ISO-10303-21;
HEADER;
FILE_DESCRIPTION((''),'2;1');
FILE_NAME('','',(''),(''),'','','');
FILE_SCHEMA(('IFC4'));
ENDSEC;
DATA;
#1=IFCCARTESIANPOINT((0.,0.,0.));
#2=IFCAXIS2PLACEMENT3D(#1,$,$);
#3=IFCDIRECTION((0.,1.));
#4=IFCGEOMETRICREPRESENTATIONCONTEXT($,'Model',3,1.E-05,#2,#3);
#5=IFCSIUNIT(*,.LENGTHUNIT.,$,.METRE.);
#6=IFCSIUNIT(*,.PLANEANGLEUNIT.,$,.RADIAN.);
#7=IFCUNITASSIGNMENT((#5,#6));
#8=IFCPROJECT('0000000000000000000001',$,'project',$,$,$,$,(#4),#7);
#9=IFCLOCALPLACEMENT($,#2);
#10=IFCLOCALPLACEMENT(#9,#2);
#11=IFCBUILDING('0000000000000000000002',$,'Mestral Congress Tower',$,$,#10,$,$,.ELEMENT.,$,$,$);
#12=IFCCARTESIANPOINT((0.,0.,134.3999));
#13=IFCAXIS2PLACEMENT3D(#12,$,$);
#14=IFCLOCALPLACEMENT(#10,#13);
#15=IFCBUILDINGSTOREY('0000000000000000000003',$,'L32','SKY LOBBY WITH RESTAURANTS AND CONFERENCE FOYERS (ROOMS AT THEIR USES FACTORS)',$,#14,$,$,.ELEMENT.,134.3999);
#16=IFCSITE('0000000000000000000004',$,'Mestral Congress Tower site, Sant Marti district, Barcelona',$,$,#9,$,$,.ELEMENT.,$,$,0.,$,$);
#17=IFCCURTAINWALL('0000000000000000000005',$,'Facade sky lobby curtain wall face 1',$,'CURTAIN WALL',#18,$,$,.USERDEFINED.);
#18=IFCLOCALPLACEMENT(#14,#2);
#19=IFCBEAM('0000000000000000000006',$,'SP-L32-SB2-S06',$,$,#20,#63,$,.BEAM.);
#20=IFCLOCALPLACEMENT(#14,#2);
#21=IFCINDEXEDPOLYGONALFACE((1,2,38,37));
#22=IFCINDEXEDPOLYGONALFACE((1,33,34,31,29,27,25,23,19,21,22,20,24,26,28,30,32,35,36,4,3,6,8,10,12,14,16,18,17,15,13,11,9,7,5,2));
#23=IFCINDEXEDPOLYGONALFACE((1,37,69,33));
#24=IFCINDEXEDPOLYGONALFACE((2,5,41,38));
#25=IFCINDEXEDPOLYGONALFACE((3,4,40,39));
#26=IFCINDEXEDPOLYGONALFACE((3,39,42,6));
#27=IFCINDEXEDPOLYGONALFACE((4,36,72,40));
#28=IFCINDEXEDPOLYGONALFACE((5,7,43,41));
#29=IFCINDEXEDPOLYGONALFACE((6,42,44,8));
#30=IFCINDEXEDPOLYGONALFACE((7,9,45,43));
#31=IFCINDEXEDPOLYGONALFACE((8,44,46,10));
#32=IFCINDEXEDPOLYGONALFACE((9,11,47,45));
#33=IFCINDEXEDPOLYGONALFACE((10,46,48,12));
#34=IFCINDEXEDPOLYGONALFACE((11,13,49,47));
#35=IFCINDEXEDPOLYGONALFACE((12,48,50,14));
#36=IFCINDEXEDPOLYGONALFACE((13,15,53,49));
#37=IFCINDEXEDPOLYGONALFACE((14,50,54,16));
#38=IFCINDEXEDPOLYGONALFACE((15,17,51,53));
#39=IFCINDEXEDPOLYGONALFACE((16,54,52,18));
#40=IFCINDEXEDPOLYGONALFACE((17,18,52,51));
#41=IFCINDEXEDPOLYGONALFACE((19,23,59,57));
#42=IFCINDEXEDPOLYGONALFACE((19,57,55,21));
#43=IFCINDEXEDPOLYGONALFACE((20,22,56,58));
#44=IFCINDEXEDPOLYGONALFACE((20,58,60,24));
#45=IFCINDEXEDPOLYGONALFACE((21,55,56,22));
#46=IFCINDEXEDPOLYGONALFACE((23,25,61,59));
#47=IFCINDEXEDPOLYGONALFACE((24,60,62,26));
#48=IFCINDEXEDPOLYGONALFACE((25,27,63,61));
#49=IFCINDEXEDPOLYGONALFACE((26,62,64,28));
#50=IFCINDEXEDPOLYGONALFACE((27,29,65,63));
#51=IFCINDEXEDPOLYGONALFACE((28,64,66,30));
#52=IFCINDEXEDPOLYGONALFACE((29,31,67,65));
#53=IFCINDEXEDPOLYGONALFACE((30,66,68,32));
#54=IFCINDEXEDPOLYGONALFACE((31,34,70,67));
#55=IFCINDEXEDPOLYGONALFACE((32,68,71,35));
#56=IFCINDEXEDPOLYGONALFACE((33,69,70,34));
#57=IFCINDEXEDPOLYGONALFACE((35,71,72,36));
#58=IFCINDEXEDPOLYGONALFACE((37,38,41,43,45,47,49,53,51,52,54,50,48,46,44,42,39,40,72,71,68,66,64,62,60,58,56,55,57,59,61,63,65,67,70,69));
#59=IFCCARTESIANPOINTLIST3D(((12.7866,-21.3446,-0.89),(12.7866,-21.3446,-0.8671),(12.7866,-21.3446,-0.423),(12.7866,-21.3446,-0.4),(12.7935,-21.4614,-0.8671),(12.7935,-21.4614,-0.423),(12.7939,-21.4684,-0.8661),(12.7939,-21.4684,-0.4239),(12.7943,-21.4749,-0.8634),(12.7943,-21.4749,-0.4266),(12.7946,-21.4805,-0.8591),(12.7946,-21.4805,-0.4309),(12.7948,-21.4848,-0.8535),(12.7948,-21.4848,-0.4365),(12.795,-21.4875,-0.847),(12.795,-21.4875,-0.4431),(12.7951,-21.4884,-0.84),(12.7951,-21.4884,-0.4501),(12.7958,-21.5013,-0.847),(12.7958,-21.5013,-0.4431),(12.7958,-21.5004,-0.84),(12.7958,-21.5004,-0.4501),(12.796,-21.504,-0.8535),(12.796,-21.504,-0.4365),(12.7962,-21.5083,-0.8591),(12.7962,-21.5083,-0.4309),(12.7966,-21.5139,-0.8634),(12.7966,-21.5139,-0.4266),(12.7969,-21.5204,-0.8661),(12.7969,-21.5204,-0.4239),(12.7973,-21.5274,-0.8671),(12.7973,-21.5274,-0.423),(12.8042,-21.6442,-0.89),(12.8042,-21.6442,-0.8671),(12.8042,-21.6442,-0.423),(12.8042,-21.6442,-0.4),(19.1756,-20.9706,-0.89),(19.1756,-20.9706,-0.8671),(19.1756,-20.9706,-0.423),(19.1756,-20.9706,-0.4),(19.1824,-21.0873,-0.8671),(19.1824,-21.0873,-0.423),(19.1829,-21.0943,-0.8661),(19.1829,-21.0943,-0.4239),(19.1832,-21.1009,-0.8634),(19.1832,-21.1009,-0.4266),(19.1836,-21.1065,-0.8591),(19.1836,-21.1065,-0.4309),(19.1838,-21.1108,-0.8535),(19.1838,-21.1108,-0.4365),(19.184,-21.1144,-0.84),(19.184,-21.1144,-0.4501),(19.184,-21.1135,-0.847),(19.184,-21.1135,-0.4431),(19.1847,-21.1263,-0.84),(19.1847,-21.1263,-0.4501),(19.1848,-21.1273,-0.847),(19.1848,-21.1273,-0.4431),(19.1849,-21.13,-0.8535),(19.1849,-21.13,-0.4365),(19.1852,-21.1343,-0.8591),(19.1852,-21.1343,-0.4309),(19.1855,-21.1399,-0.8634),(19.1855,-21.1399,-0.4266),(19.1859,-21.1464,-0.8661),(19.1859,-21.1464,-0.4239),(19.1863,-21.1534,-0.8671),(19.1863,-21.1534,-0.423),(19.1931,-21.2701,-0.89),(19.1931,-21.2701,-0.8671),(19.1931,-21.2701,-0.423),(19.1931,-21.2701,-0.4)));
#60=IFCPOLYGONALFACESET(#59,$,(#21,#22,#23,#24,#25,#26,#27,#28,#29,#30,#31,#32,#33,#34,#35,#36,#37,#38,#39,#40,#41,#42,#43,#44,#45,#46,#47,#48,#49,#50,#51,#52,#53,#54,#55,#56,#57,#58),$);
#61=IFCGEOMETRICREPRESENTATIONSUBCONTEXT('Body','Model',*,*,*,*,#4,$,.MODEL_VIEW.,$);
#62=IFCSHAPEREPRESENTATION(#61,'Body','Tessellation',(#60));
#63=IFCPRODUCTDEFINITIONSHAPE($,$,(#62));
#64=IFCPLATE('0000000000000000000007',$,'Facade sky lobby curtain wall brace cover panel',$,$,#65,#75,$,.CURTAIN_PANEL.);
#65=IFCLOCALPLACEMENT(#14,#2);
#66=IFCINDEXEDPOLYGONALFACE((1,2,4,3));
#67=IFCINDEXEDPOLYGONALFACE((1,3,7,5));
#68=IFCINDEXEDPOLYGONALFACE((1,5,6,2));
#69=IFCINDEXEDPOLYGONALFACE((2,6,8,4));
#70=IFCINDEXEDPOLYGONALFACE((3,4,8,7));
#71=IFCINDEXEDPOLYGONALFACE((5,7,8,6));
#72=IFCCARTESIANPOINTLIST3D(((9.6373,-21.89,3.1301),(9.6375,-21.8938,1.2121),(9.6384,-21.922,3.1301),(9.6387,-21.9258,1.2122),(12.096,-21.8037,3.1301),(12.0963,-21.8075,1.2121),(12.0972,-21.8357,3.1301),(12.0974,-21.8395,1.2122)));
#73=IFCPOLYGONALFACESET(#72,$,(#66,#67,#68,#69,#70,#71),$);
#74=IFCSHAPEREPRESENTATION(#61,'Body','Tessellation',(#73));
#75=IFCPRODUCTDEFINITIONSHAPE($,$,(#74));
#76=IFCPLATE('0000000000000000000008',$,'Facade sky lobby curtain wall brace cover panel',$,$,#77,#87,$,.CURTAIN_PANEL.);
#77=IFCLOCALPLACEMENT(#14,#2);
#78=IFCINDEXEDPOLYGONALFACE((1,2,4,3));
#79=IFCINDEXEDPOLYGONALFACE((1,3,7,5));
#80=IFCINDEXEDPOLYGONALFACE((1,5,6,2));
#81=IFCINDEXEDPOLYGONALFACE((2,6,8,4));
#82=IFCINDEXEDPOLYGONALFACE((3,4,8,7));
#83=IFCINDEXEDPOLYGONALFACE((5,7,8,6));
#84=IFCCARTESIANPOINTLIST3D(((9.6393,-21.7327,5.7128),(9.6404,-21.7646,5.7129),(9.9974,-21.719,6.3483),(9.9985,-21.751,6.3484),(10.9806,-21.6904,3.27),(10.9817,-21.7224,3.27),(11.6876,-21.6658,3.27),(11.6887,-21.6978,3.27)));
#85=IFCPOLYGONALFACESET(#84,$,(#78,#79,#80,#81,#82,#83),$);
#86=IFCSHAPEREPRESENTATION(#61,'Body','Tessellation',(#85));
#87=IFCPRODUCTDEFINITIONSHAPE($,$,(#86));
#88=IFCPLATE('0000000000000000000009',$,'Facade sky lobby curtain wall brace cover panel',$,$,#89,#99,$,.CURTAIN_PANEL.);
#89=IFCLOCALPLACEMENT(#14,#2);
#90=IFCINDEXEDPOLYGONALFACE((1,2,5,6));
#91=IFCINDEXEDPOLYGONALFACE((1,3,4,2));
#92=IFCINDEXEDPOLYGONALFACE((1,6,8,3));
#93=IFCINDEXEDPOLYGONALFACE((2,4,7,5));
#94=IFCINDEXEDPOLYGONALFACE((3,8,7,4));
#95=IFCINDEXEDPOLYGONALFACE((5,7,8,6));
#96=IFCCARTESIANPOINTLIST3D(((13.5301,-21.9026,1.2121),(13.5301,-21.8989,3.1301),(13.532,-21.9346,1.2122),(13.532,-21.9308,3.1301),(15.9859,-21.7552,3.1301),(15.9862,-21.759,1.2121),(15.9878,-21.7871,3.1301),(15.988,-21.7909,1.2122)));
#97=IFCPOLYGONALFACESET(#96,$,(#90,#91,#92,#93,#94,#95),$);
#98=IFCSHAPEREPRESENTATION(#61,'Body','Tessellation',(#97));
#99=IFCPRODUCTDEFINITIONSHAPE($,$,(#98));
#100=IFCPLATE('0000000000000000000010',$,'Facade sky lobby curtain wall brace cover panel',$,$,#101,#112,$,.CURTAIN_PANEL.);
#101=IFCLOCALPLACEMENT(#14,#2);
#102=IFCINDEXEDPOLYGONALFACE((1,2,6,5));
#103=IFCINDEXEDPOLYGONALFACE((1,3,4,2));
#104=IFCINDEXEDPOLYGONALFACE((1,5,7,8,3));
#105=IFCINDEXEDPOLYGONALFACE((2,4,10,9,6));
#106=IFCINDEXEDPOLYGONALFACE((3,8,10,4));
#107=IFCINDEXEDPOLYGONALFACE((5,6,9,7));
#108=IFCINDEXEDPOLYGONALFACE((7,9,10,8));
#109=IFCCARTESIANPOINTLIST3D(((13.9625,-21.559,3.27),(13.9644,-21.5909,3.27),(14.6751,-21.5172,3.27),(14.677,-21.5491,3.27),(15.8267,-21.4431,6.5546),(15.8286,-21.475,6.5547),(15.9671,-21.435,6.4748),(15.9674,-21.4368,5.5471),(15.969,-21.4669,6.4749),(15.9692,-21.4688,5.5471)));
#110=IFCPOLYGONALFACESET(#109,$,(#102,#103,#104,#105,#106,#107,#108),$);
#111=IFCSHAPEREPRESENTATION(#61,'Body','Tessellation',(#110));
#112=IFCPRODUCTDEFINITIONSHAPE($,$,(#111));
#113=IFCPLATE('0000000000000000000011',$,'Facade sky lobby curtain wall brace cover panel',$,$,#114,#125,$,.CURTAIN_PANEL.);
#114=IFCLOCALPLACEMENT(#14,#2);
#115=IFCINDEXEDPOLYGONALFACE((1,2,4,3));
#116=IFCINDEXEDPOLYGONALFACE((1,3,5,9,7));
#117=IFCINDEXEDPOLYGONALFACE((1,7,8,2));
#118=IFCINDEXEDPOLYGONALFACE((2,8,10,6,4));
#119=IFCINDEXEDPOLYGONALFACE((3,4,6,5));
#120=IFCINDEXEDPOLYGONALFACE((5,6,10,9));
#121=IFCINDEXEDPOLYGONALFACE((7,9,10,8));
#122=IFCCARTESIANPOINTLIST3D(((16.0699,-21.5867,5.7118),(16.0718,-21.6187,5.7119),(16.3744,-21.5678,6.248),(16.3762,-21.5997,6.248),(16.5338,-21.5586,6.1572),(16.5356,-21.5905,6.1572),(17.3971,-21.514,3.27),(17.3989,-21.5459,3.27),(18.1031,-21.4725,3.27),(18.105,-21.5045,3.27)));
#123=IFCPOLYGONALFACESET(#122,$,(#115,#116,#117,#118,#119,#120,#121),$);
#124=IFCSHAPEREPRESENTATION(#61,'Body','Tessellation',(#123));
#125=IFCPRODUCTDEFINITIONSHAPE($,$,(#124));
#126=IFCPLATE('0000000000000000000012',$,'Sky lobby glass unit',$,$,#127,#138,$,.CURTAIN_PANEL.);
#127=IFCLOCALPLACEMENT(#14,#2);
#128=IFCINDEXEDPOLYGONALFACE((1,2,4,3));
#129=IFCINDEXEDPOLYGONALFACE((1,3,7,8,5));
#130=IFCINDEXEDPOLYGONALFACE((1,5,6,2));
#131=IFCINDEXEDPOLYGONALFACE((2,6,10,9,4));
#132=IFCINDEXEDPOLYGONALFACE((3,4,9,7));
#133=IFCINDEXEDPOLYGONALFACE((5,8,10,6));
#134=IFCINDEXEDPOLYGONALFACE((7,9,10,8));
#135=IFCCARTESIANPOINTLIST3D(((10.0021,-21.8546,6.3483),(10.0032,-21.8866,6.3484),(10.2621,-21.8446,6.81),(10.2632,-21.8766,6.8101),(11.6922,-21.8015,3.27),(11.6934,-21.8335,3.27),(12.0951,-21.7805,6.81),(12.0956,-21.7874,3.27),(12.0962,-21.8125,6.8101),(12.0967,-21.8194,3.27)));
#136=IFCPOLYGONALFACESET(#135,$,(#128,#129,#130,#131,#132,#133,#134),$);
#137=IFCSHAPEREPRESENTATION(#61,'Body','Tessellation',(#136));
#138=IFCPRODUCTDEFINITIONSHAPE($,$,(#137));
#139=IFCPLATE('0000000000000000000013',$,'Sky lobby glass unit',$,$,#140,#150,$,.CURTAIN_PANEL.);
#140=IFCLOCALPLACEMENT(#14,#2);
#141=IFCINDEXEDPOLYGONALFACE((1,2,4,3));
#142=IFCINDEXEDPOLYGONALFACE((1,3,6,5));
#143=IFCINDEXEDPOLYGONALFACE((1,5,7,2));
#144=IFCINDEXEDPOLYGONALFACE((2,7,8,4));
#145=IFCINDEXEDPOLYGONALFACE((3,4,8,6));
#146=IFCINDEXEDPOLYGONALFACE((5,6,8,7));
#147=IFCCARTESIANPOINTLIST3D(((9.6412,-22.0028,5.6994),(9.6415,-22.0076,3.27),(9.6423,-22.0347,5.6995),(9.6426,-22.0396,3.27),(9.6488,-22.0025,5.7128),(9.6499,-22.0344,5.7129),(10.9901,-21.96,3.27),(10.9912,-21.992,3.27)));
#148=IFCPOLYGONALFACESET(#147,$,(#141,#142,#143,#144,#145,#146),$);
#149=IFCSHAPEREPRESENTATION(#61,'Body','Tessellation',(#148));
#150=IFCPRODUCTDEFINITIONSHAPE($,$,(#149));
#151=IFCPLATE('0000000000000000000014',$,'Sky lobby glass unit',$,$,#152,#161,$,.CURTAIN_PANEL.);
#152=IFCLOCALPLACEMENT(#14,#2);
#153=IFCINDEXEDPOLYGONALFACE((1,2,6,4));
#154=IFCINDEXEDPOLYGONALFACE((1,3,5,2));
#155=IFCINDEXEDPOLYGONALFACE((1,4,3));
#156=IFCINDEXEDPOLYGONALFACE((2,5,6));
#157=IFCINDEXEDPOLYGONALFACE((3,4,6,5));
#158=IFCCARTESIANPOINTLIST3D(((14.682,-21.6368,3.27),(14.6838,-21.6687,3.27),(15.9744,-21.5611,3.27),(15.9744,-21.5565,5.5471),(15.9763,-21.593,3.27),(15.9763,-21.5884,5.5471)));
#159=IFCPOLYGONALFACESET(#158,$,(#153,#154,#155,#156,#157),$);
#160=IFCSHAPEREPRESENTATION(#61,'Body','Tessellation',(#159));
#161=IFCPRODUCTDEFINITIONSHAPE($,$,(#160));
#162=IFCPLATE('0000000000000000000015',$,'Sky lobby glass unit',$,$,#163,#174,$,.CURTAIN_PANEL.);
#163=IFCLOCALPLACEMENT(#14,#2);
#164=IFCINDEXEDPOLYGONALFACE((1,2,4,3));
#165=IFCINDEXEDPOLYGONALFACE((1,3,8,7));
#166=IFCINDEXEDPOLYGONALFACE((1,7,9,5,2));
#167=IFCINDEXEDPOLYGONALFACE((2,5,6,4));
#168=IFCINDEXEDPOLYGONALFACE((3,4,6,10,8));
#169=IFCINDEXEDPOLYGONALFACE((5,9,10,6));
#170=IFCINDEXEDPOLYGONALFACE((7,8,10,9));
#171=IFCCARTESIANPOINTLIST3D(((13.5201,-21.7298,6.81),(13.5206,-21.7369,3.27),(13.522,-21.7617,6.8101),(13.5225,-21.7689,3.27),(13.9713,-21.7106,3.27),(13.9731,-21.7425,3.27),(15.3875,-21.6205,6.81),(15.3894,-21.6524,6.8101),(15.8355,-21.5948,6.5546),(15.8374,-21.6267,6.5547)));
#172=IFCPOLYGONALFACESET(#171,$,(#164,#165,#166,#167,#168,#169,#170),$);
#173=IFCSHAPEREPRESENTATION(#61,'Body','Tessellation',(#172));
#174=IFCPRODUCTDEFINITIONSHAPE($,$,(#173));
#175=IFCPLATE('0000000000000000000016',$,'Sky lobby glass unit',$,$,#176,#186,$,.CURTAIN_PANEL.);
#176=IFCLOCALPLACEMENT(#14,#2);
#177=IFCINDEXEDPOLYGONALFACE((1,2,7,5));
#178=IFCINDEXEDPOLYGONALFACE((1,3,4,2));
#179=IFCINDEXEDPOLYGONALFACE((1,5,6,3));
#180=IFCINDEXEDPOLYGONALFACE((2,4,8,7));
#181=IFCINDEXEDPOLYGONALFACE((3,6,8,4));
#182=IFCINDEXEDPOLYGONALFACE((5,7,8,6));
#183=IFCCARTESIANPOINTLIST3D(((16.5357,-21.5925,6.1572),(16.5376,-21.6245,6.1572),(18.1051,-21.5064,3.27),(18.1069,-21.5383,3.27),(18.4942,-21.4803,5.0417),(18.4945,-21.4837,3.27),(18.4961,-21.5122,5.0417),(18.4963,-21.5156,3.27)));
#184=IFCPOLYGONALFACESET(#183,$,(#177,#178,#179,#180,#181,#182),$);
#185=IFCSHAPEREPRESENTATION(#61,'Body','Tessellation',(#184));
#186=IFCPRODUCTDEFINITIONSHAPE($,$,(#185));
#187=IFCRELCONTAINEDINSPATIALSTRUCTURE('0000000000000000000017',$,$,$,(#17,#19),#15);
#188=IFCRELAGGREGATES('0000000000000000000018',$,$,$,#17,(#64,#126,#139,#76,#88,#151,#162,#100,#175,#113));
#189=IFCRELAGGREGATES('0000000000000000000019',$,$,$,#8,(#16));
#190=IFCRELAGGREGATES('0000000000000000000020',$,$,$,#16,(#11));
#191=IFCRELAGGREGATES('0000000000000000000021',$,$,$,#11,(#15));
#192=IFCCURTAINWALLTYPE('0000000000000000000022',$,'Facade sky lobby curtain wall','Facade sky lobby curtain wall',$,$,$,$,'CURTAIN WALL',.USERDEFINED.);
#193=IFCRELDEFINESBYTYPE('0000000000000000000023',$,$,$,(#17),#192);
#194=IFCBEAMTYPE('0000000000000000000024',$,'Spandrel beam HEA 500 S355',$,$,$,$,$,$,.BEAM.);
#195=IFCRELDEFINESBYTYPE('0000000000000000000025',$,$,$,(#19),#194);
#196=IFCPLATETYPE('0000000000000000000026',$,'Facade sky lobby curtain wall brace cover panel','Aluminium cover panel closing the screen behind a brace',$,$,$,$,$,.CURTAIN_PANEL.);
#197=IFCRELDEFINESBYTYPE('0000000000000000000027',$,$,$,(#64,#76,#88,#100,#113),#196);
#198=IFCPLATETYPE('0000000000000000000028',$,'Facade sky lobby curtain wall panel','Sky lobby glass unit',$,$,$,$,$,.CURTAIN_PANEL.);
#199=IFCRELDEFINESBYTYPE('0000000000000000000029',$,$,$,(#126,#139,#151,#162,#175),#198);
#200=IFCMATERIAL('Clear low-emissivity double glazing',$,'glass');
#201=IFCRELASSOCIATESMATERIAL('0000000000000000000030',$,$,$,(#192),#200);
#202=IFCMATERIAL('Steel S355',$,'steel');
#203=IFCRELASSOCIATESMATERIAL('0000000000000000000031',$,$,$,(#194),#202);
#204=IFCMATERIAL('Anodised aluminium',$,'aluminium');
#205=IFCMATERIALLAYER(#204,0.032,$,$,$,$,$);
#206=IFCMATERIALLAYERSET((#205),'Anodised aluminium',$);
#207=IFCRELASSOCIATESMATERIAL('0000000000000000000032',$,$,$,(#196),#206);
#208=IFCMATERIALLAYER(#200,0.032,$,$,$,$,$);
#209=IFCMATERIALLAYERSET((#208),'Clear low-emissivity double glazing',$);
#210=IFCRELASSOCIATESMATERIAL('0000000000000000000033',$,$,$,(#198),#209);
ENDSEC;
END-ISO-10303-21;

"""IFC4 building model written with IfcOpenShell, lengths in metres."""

from ifc_helpers import new_model, si_unit, direction, frame, origin, origin_2d, place, context, subcontext, project, spatial, polyline, i_section, outline, extrude, material, layer, layer_set, material_profile, profile_set, type_object, element, aggregate, save


model = new_model("IFC4")

# Units and contexts
model_context = context("Model", 3, precision=1e-05, world=origin(), true_north=direction((0.0, 1.0)))
body_context = subcontext(model_context, "Body", "Model", "MODEL_VIEW")
ifc_project = project(units=[si_unit("LENGTHUNIT", "METRE"), si_unit("PLANEANGLEUNIT", "RADIAN")], contexts=[model_context])

# Site, building, storey
site_placement = place(None, origin())
site = spatial("IfcSite", under=ifc_project, at=site_placement, Name="Mestral Congress Tower site, Sant Marti district, Barcelona", CompositionType="ELEMENT", RefElevation=0.0)
building_placement = place(site_placement, origin())
building = spatial("IfcBuilding", under=site, at=building_placement, Name="Mestral Congress Tower", CompositionType="ELEMENT")
storey_placement = place(building_placement, frame((0.0, 0.0, 134.3999)))
storey = spatial("IfcBuildingStorey", under=building, at=storey_placement, Name="L32", Description="SKY LOBBY WITH RESTAURANTS AND CONFERENCE FOYERS (ROOMS AT THEIR USES FACTORS)", CompositionType="ELEMENT", Elevation=134.3999)

# Shared definitions
ifc_material_1 = material(Name="Steel S355", Category="steel")

# Curtain wall
ifc_material_2 = material(Name="Clear low-emissivity double glazing", Category="glass")
curtain_wall_type = type_object("IfcCurtainWallType", Name="Facade sky lobby curtain wall", Description="Facade sky lobby curtain wall", ElementType="CURTAIN WALL", PredefinedType="USERDEFINED", material=ifc_material_2)
curtain_wall_placement = place(storey_placement, origin())
curtain_wall = element("IfcCurtainWall", 1, at=curtain_wall_placement, inside=storey, type_object=curtain_wall_type, Name="Facade sky lobby curtain wall face 1", ObjectType="CURTAIN WALL", PredefinedType="USERDEFINED")
ifc_material_3 = material(Name="Anodised aluminium", Category="aluminium")

# Beam
ifc_material_profile_1 = material_profile(ifc_material_1, i_section(OverallWidth=0.3, OverallDepth=0.49, WebThickness=0.012, FlangeThickness=0.0229, FilletRadius=0.0271, at=origin_2d()), Name="HEA 500")
ifc_profile_set_1 = profile_set([ifc_material_profile_1], Name="Steel S355")
beam_type_1 = type_object("IfcBeamType", Name="Spandrel beam HEA 500 S355", PredefinedType="BEAM", material=ifc_profile_set_1)
beam_1_placement = place(storey_placement, frame((12.7954, -21.4944, -0.645), z_axis=(0.998291, 0.058442, 0.0), x_axis=(-0.058442, 0.998291, 0.0)))
element("IfcBeam", 2, at=beam_1_placement, inside=storey, type_object=beam_type_1, Name="SP-L32-SB2-S06", PredefinedType="BEAM", context=body_context, shape_type="SweptSolid", body=[
    extrude(i_section(OverallWidth=0.3, OverallDepth=0.49, WebThickness=0.012, FlangeThickness=0.0229, FilletRadius=0.0271, at=origin_2d()), origin(), (0.0, 0.0, 1.0), 6.3999),
])

# Plates
ifc_layer_1 = layer(ifc_material_3, 0.032)
ifc_layer_set_1 = layer_set([ifc_layer_1], Name="Anodised aluminium")
plate_type_1 = type_object("IfcPlateType", Name="Facade sky lobby curtain wall brace cover panel", Description="Aluminium cover panel closing the screen behind a brace", PredefinedType="CURTAIN_PANEL", material=ifc_layer_set_1)
plate_1_placement = place(storey_placement, frame((12.0972, -21.8357, 3.1301), z_axis=(0.035079, -0.999383, 0.001976), x_axis=(0.000125, -0.001973, -0.999998)))
plate_1 = element("IfcPlate", 3, at=plate_1_placement, type_object=plate_type_1, Name="Facade sky lobby curtain wall brace cover panel", PredefinedType="CURTAIN_PANEL", context=body_context, shape_type="SweptSolid", body=[
    extrude(outline(polyline([(0.0, 0.0), (1.918, 0.0), (1.9178, -2.4603), (-0.0001, -2.4603), (0.0, 0.0)])), origin(), (0.0, 0.0, -1.0), 0.032),
])
plate_2_placement = place(storey_placement, frame((11.6887, -21.6978, 3.27), z_axis=(0.034854, -0.999391, 0.001858), x_axis=(-0.999392, -0.034854, 0.0)))
plate_2 = element("IfcPlate", 4, at=plate_2_placement, type_object=plate_type_1, Name="Facade sky lobby curtain wall brace cover panel", PredefinedType="CURTAIN_PANEL", context=body_context, shape_type="SweptSolid", body=[
    extrude(outline(polyline([(0.0, 0.0), (0.7075, 0.0), (2.0494, -2.4429), (1.691, -3.0784), (0.0, 0.0)])), origin(), (0.0, 0.0, -1.0), 0.032),
])
plate_3_placement = place(storey_placement, frame((15.9878, -21.7871, 3.1301), z_axis=(0.058402, -0.998291, 0.001973), x_axis=(0.000131, -0.001969, -0.999998)))
plate_3 = element("IfcPlate", 5, at=plate_3_placement, type_object=plate_type_1, Name="Facade sky lobby curtain wall brace cover panel", PredefinedType="CURTAIN_PANEL", context=body_context, shape_type="SweptSolid", body=[
    extrude(outline(polyline([(0.0, 0.0), (1.918, 0.0), (1.9179, -2.4603), (0.0, -2.46), (0.0, 0.0)])), origin(), (0.0, 0.0, -1.0), 0.032),
])
plate_4_placement = place(storey_placement, frame((15.9692, -21.4688, 5.5471), z_axis=(0.058622, -0.998278, 0.001953), x_axis=(-0.493323, -0.030671, -0.869305)))
plate_4 = element("IfcPlate", 6, at=plate_4_placement, type_object=plate_type_1, Name="Facade sky lobby curtain wall brace cover panel", PredefinedType="CURTAIN_PANEL", context=body_context, shape_type="SweptSolid", body=[
    extrude(outline(polyline([(0.0, 0.0), (2.6194, 0.0), (2.9723, -0.6206), (-0.8063, -0.6204), (-0.8064, -0.4587), (0.0, 0.0)])), origin(), (0.0, 0.0, -1.0), 0.032),
])
plate_5_placement = place(storey_placement, frame((17.3989, -21.5459, 3.27), z_axis=(0.058567, -0.998281, 0.002082), x_axis=(-0.477358, -0.026174, 0.878319)))
plate_5 = element("IfcPlate", 7, at=plate_5_placement, type_object=plate_type_1, Name="Facade sky lobby curtain wall brace cover panel", PredefinedType="CURTAIN_PANEL", context=body_context, shape_type="SweptSolid", body=[
    extrude(outline(polyline([(0.0, 0.0), (2.7802, 0.0), (3.1053, -0.5242), (2.9492, -0.6211), (-0.3381, -0.6212), (0.0, 0.0)])), origin(), (0.0, 0.0, -1.0), 0.032),
])
ifc_layer_2 = layer(ifc_material_2, 0.032)
ifc_layer_set_2 = layer_set([ifc_layer_2], Name="Clear low-emissivity double glazing")
plate_type_2 = type_object("IfcPlateType", Name="Facade sky lobby curtain wall panel", Description="Sky lobby glass unit", PredefinedType="CURTAIN_PANEL", material=ifc_layer_set_2)
plate_6_placement = place(storey_placement, frame((12.0962, -21.8125, 6.8101), z_axis=(0.03493, -0.999388, 0.001953), x_axis=(0.000136, -0.00195, -0.999998)))
plate_6 = element("IfcPlate", 8, at=plate_6_placement, type_object=plate_type_2, Name="Sky lobby glass unit", PredefinedType="CURTAIN_PANEL", context=body_context, shape_type="SweptSolid", body=[
    extrude(outline(polyline([(0.0, 0.0), (3.54, 0.0), (3.54, -0.4036), (0.4615, -2.0944), (-0.0001, -1.8341), (0.0, 0.0)])), origin(), (0.0, 0.0, -1.0), 0.032),
])
plate_7_placement = place(storey_placement, frame((9.6499, -22.0344, 5.7129), z_axis=(0.035242, -0.999377, 0.001992), x_axis=(0.481235, 0.015223, -0.876459)))
plate_7 = element("IfcPlate", 9, at=plate_7_placement, type_object=plate_type_2, Name="Sky lobby glass unit", PredefinedType="CURTAIN_PANEL", context=body_context, shape_type="SweptSolid", body=[
    extrude(outline(polyline([(0.0, 0.0), (2.7872, 0.0), (2.1375, -1.1828), (0.0081, -0.0131), (0.0, 0.0)])), origin(), (0.0, 0.0, -1.0), 0.032),
])
plate_8_placement = place(storey_placement, frame((15.9763, -21.593, 3.27), z_axis=(0.058457, -0.998288, 0.002034), x_axis=(-0.99829, -0.058457, 0.0)))
plate_8 = element("IfcPlate", 10, at=plate_8_placement, type_object=plate_type_2, Name="Sky lobby glass unit", PredefinedType="CURTAIN_PANEL", context=body_context, shape_type="SweptSolid", body=[
    extrude(outline(polyline([(0.0, 0.0), (1.2947, 0.0), (-0.0003, -2.2771), (0.0, 0.0)])), origin(), (0.0, 0.0, -1.0), 0.032),
])
plate_9_placement = place(storey_placement, frame((15.8374, -21.6267, 6.5547), z_axis=(0.058428, -0.99829, 0.002024), x_axis=(-0.493371, -0.030639, -0.869279)))
plate_9 = element("IfcPlate", 11, at=plate_9_placement, type_object=plate_type_2, Name="Sky lobby glass unit", PredefinedType="CURTAIN_PANEL", context=body_context, shape_type="SweptSolid", body=[
    extrude(outline(polyline([(0.0, 0.0), (3.7786, 0.0), (4.0018, -0.3924), (0.9245, -2.1424), (-0.0002, -0.5163), (0.0, 0.0)])), origin(), (0.0, 0.0, -1.0), 0.032),
])
plate_10_placement = place(storey_placement, frame((18.1069, -21.5383, 3.27), z_axis=(0.058312, -0.998297, 0.001911), x_axis=(-0.477397, -0.026204, 0.878297)))
plate_10 = element("IfcPlate", 12, at=plate_10_placement, type_object=plate_type_2, Name="Sky lobby glass unit", PredefinedType="CURTAIN_PANEL", context=body_context, shape_type="SweptSolid", body=[
    extrude(outline(polyline([(0.0, 0.0), (3.2873, 0.0), (1.3696, -1.1896), (-0.1865, -0.3426), (0.0, 0.0)])), origin(), (0.0, 0.0, -1.0), 0.032),
])

aggregate(curtain_wall, [plate_1, plate_6, plate_7, plate_2, plate_3, plate_8, plate_9, plate_4, plate_10, plate_5])

save(model, "model.ifc")
